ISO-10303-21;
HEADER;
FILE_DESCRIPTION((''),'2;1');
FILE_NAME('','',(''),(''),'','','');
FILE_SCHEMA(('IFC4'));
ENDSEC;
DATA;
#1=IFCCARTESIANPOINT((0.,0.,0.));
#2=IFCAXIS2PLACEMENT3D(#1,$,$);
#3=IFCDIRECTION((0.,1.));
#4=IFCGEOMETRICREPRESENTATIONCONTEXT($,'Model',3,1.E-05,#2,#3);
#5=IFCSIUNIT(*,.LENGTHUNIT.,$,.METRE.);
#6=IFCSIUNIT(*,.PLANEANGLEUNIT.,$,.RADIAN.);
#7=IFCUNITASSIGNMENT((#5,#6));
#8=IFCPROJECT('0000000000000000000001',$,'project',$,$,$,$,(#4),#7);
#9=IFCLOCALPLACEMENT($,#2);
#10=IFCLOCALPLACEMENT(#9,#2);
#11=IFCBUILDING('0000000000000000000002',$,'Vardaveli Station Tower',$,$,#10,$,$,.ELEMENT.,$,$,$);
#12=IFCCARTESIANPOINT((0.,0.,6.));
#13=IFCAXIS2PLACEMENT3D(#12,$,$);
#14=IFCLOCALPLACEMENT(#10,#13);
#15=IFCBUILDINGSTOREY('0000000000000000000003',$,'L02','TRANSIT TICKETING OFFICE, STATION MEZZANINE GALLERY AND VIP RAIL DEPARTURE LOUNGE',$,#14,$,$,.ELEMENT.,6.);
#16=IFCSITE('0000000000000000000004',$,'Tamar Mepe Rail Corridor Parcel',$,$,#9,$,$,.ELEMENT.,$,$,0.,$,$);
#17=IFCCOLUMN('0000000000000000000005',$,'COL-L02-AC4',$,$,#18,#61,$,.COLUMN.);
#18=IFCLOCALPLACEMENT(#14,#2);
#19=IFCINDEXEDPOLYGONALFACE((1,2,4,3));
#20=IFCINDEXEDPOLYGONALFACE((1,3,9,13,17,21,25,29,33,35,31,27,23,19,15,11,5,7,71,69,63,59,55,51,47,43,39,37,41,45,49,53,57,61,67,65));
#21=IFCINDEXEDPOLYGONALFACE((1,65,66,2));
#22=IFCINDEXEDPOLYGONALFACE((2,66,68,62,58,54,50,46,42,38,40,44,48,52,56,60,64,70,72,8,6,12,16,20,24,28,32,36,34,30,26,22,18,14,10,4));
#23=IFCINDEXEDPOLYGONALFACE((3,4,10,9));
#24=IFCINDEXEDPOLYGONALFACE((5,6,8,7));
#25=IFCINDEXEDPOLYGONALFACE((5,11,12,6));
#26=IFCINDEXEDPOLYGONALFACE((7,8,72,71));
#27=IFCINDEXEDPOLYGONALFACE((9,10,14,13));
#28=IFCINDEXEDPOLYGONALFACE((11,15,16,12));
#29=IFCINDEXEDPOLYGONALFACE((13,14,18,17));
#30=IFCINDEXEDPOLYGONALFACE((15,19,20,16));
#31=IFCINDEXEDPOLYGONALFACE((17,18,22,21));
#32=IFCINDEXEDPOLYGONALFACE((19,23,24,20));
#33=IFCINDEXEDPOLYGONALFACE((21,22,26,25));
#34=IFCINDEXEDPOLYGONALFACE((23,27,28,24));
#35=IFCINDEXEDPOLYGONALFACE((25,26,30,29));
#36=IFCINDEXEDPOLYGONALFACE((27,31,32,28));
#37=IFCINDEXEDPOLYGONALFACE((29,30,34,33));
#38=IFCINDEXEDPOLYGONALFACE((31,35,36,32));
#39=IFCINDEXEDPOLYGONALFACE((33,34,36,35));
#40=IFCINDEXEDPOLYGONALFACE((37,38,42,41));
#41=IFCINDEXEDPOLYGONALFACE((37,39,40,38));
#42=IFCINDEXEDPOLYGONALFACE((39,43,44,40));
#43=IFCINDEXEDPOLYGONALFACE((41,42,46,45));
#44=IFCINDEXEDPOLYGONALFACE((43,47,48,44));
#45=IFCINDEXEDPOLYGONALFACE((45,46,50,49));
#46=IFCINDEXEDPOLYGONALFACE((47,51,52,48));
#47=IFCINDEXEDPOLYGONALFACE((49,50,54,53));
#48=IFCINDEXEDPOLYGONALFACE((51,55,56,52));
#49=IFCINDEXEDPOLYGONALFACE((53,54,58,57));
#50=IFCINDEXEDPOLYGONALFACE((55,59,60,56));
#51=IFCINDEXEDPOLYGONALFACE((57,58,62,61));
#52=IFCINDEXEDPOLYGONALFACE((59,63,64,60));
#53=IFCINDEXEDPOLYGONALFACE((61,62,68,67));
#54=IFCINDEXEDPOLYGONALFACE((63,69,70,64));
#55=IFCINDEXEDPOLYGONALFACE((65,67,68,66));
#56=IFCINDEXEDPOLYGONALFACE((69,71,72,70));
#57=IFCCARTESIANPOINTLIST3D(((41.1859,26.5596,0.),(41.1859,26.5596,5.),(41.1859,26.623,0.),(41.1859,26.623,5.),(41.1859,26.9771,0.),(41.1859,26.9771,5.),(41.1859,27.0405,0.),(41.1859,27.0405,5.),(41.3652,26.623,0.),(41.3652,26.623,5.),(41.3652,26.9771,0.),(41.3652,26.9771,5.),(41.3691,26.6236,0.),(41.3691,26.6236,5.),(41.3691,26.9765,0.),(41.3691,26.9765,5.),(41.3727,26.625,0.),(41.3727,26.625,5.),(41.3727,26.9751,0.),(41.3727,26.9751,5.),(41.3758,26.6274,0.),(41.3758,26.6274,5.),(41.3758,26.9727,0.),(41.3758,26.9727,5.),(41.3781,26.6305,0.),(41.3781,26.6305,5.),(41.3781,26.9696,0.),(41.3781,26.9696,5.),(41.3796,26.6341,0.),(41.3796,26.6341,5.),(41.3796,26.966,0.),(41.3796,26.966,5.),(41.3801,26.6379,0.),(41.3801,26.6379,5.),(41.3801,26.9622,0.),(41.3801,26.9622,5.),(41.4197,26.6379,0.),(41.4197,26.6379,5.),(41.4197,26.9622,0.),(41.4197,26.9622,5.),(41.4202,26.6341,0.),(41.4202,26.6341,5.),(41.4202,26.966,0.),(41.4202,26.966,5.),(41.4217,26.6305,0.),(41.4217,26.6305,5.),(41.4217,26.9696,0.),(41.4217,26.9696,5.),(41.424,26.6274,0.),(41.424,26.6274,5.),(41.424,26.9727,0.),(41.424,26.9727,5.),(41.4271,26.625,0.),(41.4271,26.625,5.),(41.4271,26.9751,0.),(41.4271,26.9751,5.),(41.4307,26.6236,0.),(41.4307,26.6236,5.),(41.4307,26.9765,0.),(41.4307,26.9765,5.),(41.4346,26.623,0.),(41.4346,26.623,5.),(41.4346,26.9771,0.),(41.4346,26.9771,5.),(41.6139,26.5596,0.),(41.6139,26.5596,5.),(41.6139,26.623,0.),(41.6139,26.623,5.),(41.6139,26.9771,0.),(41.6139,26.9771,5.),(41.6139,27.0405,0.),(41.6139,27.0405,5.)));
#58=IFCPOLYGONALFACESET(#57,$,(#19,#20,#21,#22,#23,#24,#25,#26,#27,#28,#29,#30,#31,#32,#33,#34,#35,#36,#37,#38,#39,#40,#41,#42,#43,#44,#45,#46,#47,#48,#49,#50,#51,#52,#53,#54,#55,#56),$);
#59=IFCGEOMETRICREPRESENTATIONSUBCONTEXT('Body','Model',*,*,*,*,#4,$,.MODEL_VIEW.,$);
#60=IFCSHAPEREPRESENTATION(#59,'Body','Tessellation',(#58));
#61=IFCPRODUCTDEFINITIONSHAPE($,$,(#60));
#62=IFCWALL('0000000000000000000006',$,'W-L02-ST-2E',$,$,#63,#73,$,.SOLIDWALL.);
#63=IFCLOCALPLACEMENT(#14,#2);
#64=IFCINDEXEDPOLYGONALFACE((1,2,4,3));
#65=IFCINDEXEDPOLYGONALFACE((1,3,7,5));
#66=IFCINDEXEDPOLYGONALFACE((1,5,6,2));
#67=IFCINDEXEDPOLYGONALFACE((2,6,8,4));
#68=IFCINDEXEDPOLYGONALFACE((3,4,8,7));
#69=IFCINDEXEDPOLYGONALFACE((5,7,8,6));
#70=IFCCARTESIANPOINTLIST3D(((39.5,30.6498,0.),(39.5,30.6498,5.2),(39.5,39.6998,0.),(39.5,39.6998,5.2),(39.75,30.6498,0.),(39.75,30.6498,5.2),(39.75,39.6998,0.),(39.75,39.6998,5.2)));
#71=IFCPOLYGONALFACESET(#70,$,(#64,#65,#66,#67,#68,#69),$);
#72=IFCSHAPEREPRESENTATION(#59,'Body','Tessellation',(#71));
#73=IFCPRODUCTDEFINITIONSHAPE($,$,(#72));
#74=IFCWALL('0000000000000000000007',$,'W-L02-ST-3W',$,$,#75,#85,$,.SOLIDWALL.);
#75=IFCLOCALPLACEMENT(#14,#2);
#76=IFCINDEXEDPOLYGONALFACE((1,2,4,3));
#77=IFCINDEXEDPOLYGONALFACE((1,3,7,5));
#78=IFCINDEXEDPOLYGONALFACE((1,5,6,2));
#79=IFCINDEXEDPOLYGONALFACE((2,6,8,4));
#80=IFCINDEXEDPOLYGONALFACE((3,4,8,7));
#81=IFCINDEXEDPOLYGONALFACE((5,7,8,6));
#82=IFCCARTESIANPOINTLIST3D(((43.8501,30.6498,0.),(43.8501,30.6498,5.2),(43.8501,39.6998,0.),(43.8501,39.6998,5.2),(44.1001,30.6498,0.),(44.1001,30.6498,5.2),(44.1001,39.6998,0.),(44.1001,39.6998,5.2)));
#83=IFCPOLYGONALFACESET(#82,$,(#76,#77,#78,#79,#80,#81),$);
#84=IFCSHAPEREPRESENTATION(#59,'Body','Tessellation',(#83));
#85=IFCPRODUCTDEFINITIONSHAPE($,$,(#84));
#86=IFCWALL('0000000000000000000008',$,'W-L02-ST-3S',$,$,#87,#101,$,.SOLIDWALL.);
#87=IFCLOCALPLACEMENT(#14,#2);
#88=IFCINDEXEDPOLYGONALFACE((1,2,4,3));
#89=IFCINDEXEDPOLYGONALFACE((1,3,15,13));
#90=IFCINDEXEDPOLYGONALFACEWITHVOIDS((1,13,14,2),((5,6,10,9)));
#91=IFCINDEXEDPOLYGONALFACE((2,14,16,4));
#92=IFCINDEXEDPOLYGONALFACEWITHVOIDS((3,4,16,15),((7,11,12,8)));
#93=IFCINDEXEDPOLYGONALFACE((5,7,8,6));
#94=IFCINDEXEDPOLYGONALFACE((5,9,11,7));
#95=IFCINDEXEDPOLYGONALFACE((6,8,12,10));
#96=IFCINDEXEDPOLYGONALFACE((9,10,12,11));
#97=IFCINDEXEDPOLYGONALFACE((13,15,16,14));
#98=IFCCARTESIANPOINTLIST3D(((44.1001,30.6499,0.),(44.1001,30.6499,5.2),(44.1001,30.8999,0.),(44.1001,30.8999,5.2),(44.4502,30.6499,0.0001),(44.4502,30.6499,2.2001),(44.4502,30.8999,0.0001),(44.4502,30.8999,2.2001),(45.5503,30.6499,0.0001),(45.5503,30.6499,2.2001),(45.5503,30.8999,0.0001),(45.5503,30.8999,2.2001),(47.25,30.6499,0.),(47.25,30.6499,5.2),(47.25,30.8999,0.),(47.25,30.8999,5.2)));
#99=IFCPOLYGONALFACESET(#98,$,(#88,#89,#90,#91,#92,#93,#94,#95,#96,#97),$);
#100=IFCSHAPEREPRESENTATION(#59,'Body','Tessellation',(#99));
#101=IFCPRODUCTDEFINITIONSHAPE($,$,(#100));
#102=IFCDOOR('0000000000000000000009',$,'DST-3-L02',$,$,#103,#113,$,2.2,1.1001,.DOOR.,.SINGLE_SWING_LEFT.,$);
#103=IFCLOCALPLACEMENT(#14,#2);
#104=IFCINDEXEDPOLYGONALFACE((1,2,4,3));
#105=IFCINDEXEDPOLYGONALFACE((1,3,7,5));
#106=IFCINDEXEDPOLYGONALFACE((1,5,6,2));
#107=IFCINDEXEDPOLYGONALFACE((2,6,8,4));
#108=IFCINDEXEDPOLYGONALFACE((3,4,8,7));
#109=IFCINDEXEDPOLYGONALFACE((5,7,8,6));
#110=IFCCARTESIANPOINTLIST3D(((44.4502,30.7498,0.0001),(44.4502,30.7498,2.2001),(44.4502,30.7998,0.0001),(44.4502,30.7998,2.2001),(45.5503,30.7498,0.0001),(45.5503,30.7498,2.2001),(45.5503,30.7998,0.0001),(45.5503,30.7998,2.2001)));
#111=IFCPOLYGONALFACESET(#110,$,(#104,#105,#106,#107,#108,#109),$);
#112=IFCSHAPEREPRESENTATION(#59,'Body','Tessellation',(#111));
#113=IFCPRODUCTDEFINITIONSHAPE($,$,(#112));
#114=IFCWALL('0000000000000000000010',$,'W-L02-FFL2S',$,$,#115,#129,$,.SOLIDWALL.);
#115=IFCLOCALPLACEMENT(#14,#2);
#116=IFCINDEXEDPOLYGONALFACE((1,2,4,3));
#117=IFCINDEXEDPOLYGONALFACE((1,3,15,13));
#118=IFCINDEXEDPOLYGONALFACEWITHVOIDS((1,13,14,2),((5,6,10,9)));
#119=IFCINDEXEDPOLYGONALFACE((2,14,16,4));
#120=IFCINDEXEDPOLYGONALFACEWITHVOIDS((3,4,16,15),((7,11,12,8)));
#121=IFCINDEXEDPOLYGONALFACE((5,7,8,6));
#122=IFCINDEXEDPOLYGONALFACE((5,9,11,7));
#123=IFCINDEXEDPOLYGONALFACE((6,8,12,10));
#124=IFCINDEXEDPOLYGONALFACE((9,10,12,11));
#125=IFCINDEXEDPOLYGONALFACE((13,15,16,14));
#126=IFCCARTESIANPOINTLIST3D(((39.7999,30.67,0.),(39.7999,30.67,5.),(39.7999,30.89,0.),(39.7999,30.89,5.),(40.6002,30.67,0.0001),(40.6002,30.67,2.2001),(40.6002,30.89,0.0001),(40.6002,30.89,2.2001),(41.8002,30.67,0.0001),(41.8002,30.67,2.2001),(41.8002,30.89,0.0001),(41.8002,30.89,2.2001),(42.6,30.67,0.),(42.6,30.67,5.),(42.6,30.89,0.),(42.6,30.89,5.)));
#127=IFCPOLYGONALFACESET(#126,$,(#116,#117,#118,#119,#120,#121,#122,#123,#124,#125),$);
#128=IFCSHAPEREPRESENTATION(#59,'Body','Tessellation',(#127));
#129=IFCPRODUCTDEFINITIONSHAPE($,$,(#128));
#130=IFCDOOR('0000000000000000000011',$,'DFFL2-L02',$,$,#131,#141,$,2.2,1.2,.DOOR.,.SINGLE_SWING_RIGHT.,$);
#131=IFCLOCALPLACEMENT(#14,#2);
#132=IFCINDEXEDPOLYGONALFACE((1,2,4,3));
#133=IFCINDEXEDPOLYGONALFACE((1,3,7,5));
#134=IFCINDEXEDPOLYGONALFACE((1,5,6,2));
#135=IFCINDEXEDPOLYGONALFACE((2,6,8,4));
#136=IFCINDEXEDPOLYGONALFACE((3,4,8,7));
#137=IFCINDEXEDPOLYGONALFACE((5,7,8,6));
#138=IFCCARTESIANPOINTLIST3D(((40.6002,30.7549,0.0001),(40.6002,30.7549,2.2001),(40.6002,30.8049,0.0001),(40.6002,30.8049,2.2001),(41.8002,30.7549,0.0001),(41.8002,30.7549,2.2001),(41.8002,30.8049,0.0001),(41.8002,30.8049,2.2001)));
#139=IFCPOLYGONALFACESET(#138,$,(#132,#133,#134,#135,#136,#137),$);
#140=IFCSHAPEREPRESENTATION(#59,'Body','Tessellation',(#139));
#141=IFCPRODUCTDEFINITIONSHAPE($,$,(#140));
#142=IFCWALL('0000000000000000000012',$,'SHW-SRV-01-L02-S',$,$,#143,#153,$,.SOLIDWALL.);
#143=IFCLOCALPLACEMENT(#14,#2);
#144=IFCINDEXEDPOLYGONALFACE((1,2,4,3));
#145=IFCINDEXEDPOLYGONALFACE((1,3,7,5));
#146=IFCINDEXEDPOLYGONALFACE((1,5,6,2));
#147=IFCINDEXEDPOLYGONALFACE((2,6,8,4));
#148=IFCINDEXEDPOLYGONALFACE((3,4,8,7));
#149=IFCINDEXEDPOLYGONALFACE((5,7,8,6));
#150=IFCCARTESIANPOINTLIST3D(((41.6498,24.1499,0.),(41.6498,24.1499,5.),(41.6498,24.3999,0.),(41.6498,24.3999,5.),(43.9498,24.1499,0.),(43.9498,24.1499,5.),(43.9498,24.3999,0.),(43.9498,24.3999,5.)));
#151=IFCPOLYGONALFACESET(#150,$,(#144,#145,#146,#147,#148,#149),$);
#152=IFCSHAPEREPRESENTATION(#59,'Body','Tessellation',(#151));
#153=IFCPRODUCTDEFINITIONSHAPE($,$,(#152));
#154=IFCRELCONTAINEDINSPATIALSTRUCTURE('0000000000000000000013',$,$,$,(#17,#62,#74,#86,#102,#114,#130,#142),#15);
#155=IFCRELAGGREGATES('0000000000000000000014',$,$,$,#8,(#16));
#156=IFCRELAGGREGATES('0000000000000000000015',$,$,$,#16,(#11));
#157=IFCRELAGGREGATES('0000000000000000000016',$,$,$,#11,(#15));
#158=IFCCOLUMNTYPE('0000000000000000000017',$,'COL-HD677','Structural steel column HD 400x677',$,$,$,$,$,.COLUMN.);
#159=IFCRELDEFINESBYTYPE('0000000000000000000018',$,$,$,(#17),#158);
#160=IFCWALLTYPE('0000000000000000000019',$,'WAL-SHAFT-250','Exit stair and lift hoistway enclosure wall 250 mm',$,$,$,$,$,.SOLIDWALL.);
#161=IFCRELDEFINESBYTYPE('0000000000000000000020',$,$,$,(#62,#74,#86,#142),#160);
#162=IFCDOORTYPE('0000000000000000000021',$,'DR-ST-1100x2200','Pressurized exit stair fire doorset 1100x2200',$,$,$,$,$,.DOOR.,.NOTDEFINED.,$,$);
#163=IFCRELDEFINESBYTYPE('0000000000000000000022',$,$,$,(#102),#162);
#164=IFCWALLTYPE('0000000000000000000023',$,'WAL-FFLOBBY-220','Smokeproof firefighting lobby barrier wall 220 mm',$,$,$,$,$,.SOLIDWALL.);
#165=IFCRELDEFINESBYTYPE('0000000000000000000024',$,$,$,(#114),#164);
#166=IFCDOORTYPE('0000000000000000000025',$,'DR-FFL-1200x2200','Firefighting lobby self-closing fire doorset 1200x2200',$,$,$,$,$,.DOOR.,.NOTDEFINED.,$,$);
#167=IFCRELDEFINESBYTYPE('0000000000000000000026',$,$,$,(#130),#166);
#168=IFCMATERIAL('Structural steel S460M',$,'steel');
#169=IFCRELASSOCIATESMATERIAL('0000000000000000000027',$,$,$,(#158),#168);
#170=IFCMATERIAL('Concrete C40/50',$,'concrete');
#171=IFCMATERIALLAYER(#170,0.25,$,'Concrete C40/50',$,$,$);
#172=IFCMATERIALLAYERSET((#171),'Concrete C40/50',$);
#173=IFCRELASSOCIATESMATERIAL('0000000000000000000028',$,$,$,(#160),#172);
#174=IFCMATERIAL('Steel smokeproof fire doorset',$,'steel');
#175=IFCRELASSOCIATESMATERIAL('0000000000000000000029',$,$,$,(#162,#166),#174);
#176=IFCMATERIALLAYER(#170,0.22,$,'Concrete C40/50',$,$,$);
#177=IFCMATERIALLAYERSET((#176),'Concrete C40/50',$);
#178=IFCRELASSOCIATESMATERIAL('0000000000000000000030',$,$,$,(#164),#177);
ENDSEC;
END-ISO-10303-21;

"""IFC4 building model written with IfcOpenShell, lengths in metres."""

from ifc_helpers import new_model, si_unit, direction, frame, frame_2d, origin, origin_2d, place, context, subcontext, project, spatial, rectangle, i_section, extrude, source, transform, mapped, material, layer, layer_set, material_profile, profile_set, type_object, element, fill, save


model = new_model("IFC4")

# Units and contexts
model_context = context("Model", 3, precision=1e-05, world=origin(), true_north=direction((0.0, 1.0)))
body_context = subcontext(model_context, "Body", "Model", "MODEL_VIEW")
ifc_project = project(units=[si_unit("LENGTHUNIT", "METRE"), si_unit("PLANEANGLEUNIT", "RADIAN")], contexts=[model_context])

# Site, building, storey
site_placement = place(None, origin())
site = spatial("IfcSite", under=ifc_project, at=site_placement, Name="Tamar Mepe Rail Corridor Parcel", CompositionType="ELEMENT", RefElevation=0.0)
building_placement = place(site_placement, origin())
building = spatial("IfcBuilding", under=site, at=building_placement, Name="Vardaveli Station Tower", CompositionType="ELEMENT")
storey_placement = place(building_placement, frame((0.0, 0.0, 6.0)))
storey = spatial("IfcBuildingStorey", under=building, at=storey_placement, Name="L02", Description="TRANSIT TICKETING OFFICE, STATION MEZZANINE GALLERY AND VIP RAIL DEPARTURE LOUNGE", CompositionType="ELEMENT", Elevation=6.0)

# Column
ifc_material_1 = material(Name="Structural steel S460M", Category="steel")
ifc_material_profile = material_profile(ifc_material_1, i_section(OverallWidth=0.428, OverallDepth=0.481, WebThickness=0.0396, FlangeThickness=0.0635, FilletRadius=0.0149, at=origin_2d()), Name="HD 400x677")
ifc_profile_set = profile_set([ifc_material_profile], Name="Structural steel S460M")
column_type = type_object("IfcColumnType", Name="COL-HD677", Description="Structural steel column HD 400x677", PredefinedType="COLUMN", material=ifc_profile_set)
shared_shape_1 = source(origin(), body_context, "Body", "SweptSolid", [
    extrude(i_section(OverallWidth=0.428, OverallDepth=0.481, WebThickness=0.0396, FlangeThickness=0.0635, FilletRadius=0.0149, at=origin_2d()), origin(), (0.0, 0.0, 1.0), 5.0),
])
column_placement = place(storey_placement, frame((41.3999, 26.8, 0.0), z_axis=(0.0, 0.0, 1.0), x_axis=(1.0, 0.0, 0.0)))
element("IfcColumn", 1, at=column_placement, inside=storey, type_object=column_type, Name="COL-L02-AC4", PredefinedType="COLUMN", context=body_context, shape_type="MappedRepresentation", body=[
    mapped(shared_shape_1, transform((0.0, 0.0, 0.0), scale=1.0)),
])

# Walls
ifc_material_2 = material(Name="Concrete C40/50", Category="concrete")
ifc_layer_1 = layer(ifc_material_2, 0.25, Name="Concrete C40/50")
ifc_layer_set_1 = layer_set([ifc_layer_1], Name="Concrete C40/50")
wall_type_1 = type_object("IfcWallType", Name="WAL-SHAFT-250", Description="Exit stair and lift hoistway enclosure wall 250 mm", PredefinedType="SOLIDWALL", material=ifc_layer_set_1)
shared_shape_2 = source(origin(), body_context, "Body", "SweptSolid", [
    extrude(rectangle(XDim=9.05, YDim=0.25, at=frame_2d((4.5249, 0.0))), origin(), (0.0, 0.0, 1.0), 5.2),
])
for number, where, z_axis, x_axis, name in (
    (2, (39.625, 30.6499, 0.0), (0.0, 0.0, 1.0), (0.0, 1.0, 0.0), "W-L02-ST-2E"),
    (3, (43.9751, 30.6499, 0.0), (0.0, 0.0, 1.0), (0.0, 1.0, 0.0), "W-L02-ST-3W"),
):
    element("IfcWall", number, at=place(storey_placement, frame(where, z_axis=z_axis, x_axis=x_axis)), inside=storey, type_object=wall_type_1, Name=name, PredefinedType="SOLIDWALL", context=body_context, shape_type="MappedRepresentation", body=[
        mapped(shared_shape_2, transform((0.0, 0.0, 0.0), scale=1.0)),
    ])

# Walls, openings, doors
shared_shape_3 = source(origin(), body_context, "Body", "SweptSolid", [
    extrude(rectangle(XDim=3.1499, YDim=0.25, at=frame_2d((1.575, 0.0))), origin(), (0.0, 0.0, 1.0), 5.2),
])
wall_1_placement = place(storey_placement, frame((44.1001, 30.7749, 0.0), z_axis=(0.0, 0.0, 1.0), x_axis=(1.0, 0.0, 0.0)))
wall_1 = element("IfcWall", 4, at=wall_1_placement, inside=storey, type_object=wall_type_1, Name="W-L02-ST-3S", PredefinedType="SOLIDWALL", context=body_context, shape_type="MappedRepresentation", body=[
    mapped(shared_shape_3, transform((0.0, 0.0, 0.0), scale=1.0)),
])
shared_shape_4 = source(origin(), body_context, "Body", "SweptSolid", [
    extrude(rectangle(XDim=1.1001, YDim=2.2, at=frame_2d((0.55, 1.1001))), frame((0.0, 0.135, 0.0), z_axis=(0.0, -1.0, 0.0), x_axis=(1.0, 0.0, 0.0)), (0.0, 0.0, 1.0), 0.27),
])
opening_1_placement = place(wall_1_placement, frame((0.3501, 0.0, 0.0)))
opening_1 = element("IfcOpeningElement", 5, at=opening_1_placement, cuts=wall_1, PredefinedType="OPENING", context=body_context, shape_type="MappedRepresentation", body=[
    mapped(shared_shape_4, transform((0.0, 0.0, 0.0), scale=1.0)),
])
ifc_material_3 = material(Name="Steel smokeproof fire doorset", Category="steel")
door_type_1 = type_object("IfcDoorType", Name="DR-ST-1100x2200", Description="Pressurized exit stair fire doorset 1100x2200", OperationType="NOTDEFINED", PredefinedType="DOOR", material=ifc_material_3)
shared_shape_5 = source(origin(), body_context, "Body", "SweptSolid", [
    extrude(rectangle(XDim=1.1001, YDim=2.2, at=frame_2d((0.55, 1.1001))), frame((0.0, 0.0249, 0.0), z_axis=(0.0, -1.0, 0.0), x_axis=(1.0, 0.0, 0.0)), (0.0, 0.0, 1.0), 0.05),
])
door_1_placement = place(opening_1_placement, origin())
door_1 = element("IfcDoor", 6, at=door_1_placement, inside=storey, type_object=door_type_1, Name="DST-3-L02", OperationType="SINGLE_SWING_LEFT", OverallHeight=2.2, OverallWidth=1.1001, PredefinedType="DOOR", context=body_context, shape_type="MappedRepresentation", body=[
    mapped(shared_shape_5, transform((0.0, 0.0, 0.0), scale=1.0)),
])
fill(opening_1, door_1)
ifc_layer_2 = layer(ifc_material_2, 0.22, Name="Concrete C40/50")
ifc_layer_set_2 = layer_set([ifc_layer_2], Name="Concrete C40/50")
wall_type_2 = type_object("IfcWallType", Name="WAL-FFLOBBY-220", Description="Smokeproof firefighting lobby barrier wall 220 mm", PredefinedType="SOLIDWALL", material=ifc_layer_set_2)
shared_shape_6 = source(origin(), body_context, "Body", "SweptSolid", [
    extrude(rectangle(XDim=2.8, YDim=0.22, at=frame_2d((1.3999, 0.0))), origin(), (0.0, 0.0, 1.0), 5.0),
])
wall_2_placement = place(storey_placement, frame((39.8, 30.78, 0.0), z_axis=(0.0, 0.0, 1.0), x_axis=(1.0, 0.0, 0.0)))
wall_2 = element("IfcWall", 7, at=wall_2_placement, inside=storey, type_object=wall_type_2, Name="W-L02-FFL2S", PredefinedType="SOLIDWALL", context=body_context, shape_type="MappedRepresentation", body=[
    mapped(shared_shape_6, transform((0.0, 0.0, 0.0), scale=1.0)),
])
shared_shape_7 = source(origin(), body_context, "Body", "SweptSolid", [
    extrude(rectangle(XDim=1.2, YDim=2.2, at=frame_2d((0.6001, 1.1001))), frame((0.0, 0.1201, 0.0), z_axis=(0.0, -1.0, 0.0), x_axis=(1.0, 0.0, 0.0)), (0.0, 0.0, 1.0), 0.24),
])
opening_2_placement = place(wall_2_placement, frame((0.8, 0.0, 0.0)))
opening_2 = element("IfcOpeningElement", 8, at=opening_2_placement, cuts=wall_2, PredefinedType="OPENING", context=body_context, shape_type="MappedRepresentation", body=[
    mapped(shared_shape_7, transform((0.0, 0.0, 0.0), scale=1.0)),
])
door_type_2 = type_object("IfcDoorType", Name="DR-FFL-1200x2200", Description="Firefighting lobby self-closing fire doorset 1200x2200", OperationType="NOTDEFINED", PredefinedType="DOOR", material=ifc_material_3)
shared_shape_8 = source(origin(), body_context, "Body", "SweptSolid", [
    extrude(rectangle(XDim=1.2, YDim=2.2, at=frame_2d((0.6001, 1.1001))), frame((0.0, 0.0249, 0.0), z_axis=(0.0, -1.0, 0.0), x_axis=(1.0, 0.0, 0.0)), (0.0, 0.0, 1.0), 0.05),
])
door_2_placement = place(opening_2_placement, origin())
door_2 = element("IfcDoor", 9, at=door_2_placement, inside=storey, type_object=door_type_2, Name="DFFL2-L02", OperationType="SINGLE_SWING_RIGHT", OverallHeight=2.2, OverallWidth=1.2, PredefinedType="DOOR", context=body_context, shape_type="MappedRepresentation", body=[
    mapped(shared_shape_8, transform((0.0, 0.0, 0.0), scale=1.0)),
])
fill(opening_2, door_2)

# Wall
shared_shape_9 = source(origin(), body_context, "Body", "SweptSolid", [
    extrude(rectangle(XDim=2.3, YDim=0.25, at=frame_2d((1.1499, 0.0))), origin(), (0.0, 0.0, 1.0), 5.0),
])
wall_3_placement = place(storey_placement, frame((41.6499, 24.2749, 0.0), z_axis=(0.0, 0.0, 1.0), x_axis=(1.0, 0.0, 0.0)))
element("IfcWall", 10, at=wall_3_placement, inside=storey, type_object=wall_type_1, Name="SHW-SRV-01-L02-S", PredefinedType="SOLIDWALL", context=body_context, shape_type="MappedRepresentation", body=[
    mapped(shared_shape_9, transform((0.0, 0.0, 0.0), scale=1.0)),
])

save(model, "model.ifc")
